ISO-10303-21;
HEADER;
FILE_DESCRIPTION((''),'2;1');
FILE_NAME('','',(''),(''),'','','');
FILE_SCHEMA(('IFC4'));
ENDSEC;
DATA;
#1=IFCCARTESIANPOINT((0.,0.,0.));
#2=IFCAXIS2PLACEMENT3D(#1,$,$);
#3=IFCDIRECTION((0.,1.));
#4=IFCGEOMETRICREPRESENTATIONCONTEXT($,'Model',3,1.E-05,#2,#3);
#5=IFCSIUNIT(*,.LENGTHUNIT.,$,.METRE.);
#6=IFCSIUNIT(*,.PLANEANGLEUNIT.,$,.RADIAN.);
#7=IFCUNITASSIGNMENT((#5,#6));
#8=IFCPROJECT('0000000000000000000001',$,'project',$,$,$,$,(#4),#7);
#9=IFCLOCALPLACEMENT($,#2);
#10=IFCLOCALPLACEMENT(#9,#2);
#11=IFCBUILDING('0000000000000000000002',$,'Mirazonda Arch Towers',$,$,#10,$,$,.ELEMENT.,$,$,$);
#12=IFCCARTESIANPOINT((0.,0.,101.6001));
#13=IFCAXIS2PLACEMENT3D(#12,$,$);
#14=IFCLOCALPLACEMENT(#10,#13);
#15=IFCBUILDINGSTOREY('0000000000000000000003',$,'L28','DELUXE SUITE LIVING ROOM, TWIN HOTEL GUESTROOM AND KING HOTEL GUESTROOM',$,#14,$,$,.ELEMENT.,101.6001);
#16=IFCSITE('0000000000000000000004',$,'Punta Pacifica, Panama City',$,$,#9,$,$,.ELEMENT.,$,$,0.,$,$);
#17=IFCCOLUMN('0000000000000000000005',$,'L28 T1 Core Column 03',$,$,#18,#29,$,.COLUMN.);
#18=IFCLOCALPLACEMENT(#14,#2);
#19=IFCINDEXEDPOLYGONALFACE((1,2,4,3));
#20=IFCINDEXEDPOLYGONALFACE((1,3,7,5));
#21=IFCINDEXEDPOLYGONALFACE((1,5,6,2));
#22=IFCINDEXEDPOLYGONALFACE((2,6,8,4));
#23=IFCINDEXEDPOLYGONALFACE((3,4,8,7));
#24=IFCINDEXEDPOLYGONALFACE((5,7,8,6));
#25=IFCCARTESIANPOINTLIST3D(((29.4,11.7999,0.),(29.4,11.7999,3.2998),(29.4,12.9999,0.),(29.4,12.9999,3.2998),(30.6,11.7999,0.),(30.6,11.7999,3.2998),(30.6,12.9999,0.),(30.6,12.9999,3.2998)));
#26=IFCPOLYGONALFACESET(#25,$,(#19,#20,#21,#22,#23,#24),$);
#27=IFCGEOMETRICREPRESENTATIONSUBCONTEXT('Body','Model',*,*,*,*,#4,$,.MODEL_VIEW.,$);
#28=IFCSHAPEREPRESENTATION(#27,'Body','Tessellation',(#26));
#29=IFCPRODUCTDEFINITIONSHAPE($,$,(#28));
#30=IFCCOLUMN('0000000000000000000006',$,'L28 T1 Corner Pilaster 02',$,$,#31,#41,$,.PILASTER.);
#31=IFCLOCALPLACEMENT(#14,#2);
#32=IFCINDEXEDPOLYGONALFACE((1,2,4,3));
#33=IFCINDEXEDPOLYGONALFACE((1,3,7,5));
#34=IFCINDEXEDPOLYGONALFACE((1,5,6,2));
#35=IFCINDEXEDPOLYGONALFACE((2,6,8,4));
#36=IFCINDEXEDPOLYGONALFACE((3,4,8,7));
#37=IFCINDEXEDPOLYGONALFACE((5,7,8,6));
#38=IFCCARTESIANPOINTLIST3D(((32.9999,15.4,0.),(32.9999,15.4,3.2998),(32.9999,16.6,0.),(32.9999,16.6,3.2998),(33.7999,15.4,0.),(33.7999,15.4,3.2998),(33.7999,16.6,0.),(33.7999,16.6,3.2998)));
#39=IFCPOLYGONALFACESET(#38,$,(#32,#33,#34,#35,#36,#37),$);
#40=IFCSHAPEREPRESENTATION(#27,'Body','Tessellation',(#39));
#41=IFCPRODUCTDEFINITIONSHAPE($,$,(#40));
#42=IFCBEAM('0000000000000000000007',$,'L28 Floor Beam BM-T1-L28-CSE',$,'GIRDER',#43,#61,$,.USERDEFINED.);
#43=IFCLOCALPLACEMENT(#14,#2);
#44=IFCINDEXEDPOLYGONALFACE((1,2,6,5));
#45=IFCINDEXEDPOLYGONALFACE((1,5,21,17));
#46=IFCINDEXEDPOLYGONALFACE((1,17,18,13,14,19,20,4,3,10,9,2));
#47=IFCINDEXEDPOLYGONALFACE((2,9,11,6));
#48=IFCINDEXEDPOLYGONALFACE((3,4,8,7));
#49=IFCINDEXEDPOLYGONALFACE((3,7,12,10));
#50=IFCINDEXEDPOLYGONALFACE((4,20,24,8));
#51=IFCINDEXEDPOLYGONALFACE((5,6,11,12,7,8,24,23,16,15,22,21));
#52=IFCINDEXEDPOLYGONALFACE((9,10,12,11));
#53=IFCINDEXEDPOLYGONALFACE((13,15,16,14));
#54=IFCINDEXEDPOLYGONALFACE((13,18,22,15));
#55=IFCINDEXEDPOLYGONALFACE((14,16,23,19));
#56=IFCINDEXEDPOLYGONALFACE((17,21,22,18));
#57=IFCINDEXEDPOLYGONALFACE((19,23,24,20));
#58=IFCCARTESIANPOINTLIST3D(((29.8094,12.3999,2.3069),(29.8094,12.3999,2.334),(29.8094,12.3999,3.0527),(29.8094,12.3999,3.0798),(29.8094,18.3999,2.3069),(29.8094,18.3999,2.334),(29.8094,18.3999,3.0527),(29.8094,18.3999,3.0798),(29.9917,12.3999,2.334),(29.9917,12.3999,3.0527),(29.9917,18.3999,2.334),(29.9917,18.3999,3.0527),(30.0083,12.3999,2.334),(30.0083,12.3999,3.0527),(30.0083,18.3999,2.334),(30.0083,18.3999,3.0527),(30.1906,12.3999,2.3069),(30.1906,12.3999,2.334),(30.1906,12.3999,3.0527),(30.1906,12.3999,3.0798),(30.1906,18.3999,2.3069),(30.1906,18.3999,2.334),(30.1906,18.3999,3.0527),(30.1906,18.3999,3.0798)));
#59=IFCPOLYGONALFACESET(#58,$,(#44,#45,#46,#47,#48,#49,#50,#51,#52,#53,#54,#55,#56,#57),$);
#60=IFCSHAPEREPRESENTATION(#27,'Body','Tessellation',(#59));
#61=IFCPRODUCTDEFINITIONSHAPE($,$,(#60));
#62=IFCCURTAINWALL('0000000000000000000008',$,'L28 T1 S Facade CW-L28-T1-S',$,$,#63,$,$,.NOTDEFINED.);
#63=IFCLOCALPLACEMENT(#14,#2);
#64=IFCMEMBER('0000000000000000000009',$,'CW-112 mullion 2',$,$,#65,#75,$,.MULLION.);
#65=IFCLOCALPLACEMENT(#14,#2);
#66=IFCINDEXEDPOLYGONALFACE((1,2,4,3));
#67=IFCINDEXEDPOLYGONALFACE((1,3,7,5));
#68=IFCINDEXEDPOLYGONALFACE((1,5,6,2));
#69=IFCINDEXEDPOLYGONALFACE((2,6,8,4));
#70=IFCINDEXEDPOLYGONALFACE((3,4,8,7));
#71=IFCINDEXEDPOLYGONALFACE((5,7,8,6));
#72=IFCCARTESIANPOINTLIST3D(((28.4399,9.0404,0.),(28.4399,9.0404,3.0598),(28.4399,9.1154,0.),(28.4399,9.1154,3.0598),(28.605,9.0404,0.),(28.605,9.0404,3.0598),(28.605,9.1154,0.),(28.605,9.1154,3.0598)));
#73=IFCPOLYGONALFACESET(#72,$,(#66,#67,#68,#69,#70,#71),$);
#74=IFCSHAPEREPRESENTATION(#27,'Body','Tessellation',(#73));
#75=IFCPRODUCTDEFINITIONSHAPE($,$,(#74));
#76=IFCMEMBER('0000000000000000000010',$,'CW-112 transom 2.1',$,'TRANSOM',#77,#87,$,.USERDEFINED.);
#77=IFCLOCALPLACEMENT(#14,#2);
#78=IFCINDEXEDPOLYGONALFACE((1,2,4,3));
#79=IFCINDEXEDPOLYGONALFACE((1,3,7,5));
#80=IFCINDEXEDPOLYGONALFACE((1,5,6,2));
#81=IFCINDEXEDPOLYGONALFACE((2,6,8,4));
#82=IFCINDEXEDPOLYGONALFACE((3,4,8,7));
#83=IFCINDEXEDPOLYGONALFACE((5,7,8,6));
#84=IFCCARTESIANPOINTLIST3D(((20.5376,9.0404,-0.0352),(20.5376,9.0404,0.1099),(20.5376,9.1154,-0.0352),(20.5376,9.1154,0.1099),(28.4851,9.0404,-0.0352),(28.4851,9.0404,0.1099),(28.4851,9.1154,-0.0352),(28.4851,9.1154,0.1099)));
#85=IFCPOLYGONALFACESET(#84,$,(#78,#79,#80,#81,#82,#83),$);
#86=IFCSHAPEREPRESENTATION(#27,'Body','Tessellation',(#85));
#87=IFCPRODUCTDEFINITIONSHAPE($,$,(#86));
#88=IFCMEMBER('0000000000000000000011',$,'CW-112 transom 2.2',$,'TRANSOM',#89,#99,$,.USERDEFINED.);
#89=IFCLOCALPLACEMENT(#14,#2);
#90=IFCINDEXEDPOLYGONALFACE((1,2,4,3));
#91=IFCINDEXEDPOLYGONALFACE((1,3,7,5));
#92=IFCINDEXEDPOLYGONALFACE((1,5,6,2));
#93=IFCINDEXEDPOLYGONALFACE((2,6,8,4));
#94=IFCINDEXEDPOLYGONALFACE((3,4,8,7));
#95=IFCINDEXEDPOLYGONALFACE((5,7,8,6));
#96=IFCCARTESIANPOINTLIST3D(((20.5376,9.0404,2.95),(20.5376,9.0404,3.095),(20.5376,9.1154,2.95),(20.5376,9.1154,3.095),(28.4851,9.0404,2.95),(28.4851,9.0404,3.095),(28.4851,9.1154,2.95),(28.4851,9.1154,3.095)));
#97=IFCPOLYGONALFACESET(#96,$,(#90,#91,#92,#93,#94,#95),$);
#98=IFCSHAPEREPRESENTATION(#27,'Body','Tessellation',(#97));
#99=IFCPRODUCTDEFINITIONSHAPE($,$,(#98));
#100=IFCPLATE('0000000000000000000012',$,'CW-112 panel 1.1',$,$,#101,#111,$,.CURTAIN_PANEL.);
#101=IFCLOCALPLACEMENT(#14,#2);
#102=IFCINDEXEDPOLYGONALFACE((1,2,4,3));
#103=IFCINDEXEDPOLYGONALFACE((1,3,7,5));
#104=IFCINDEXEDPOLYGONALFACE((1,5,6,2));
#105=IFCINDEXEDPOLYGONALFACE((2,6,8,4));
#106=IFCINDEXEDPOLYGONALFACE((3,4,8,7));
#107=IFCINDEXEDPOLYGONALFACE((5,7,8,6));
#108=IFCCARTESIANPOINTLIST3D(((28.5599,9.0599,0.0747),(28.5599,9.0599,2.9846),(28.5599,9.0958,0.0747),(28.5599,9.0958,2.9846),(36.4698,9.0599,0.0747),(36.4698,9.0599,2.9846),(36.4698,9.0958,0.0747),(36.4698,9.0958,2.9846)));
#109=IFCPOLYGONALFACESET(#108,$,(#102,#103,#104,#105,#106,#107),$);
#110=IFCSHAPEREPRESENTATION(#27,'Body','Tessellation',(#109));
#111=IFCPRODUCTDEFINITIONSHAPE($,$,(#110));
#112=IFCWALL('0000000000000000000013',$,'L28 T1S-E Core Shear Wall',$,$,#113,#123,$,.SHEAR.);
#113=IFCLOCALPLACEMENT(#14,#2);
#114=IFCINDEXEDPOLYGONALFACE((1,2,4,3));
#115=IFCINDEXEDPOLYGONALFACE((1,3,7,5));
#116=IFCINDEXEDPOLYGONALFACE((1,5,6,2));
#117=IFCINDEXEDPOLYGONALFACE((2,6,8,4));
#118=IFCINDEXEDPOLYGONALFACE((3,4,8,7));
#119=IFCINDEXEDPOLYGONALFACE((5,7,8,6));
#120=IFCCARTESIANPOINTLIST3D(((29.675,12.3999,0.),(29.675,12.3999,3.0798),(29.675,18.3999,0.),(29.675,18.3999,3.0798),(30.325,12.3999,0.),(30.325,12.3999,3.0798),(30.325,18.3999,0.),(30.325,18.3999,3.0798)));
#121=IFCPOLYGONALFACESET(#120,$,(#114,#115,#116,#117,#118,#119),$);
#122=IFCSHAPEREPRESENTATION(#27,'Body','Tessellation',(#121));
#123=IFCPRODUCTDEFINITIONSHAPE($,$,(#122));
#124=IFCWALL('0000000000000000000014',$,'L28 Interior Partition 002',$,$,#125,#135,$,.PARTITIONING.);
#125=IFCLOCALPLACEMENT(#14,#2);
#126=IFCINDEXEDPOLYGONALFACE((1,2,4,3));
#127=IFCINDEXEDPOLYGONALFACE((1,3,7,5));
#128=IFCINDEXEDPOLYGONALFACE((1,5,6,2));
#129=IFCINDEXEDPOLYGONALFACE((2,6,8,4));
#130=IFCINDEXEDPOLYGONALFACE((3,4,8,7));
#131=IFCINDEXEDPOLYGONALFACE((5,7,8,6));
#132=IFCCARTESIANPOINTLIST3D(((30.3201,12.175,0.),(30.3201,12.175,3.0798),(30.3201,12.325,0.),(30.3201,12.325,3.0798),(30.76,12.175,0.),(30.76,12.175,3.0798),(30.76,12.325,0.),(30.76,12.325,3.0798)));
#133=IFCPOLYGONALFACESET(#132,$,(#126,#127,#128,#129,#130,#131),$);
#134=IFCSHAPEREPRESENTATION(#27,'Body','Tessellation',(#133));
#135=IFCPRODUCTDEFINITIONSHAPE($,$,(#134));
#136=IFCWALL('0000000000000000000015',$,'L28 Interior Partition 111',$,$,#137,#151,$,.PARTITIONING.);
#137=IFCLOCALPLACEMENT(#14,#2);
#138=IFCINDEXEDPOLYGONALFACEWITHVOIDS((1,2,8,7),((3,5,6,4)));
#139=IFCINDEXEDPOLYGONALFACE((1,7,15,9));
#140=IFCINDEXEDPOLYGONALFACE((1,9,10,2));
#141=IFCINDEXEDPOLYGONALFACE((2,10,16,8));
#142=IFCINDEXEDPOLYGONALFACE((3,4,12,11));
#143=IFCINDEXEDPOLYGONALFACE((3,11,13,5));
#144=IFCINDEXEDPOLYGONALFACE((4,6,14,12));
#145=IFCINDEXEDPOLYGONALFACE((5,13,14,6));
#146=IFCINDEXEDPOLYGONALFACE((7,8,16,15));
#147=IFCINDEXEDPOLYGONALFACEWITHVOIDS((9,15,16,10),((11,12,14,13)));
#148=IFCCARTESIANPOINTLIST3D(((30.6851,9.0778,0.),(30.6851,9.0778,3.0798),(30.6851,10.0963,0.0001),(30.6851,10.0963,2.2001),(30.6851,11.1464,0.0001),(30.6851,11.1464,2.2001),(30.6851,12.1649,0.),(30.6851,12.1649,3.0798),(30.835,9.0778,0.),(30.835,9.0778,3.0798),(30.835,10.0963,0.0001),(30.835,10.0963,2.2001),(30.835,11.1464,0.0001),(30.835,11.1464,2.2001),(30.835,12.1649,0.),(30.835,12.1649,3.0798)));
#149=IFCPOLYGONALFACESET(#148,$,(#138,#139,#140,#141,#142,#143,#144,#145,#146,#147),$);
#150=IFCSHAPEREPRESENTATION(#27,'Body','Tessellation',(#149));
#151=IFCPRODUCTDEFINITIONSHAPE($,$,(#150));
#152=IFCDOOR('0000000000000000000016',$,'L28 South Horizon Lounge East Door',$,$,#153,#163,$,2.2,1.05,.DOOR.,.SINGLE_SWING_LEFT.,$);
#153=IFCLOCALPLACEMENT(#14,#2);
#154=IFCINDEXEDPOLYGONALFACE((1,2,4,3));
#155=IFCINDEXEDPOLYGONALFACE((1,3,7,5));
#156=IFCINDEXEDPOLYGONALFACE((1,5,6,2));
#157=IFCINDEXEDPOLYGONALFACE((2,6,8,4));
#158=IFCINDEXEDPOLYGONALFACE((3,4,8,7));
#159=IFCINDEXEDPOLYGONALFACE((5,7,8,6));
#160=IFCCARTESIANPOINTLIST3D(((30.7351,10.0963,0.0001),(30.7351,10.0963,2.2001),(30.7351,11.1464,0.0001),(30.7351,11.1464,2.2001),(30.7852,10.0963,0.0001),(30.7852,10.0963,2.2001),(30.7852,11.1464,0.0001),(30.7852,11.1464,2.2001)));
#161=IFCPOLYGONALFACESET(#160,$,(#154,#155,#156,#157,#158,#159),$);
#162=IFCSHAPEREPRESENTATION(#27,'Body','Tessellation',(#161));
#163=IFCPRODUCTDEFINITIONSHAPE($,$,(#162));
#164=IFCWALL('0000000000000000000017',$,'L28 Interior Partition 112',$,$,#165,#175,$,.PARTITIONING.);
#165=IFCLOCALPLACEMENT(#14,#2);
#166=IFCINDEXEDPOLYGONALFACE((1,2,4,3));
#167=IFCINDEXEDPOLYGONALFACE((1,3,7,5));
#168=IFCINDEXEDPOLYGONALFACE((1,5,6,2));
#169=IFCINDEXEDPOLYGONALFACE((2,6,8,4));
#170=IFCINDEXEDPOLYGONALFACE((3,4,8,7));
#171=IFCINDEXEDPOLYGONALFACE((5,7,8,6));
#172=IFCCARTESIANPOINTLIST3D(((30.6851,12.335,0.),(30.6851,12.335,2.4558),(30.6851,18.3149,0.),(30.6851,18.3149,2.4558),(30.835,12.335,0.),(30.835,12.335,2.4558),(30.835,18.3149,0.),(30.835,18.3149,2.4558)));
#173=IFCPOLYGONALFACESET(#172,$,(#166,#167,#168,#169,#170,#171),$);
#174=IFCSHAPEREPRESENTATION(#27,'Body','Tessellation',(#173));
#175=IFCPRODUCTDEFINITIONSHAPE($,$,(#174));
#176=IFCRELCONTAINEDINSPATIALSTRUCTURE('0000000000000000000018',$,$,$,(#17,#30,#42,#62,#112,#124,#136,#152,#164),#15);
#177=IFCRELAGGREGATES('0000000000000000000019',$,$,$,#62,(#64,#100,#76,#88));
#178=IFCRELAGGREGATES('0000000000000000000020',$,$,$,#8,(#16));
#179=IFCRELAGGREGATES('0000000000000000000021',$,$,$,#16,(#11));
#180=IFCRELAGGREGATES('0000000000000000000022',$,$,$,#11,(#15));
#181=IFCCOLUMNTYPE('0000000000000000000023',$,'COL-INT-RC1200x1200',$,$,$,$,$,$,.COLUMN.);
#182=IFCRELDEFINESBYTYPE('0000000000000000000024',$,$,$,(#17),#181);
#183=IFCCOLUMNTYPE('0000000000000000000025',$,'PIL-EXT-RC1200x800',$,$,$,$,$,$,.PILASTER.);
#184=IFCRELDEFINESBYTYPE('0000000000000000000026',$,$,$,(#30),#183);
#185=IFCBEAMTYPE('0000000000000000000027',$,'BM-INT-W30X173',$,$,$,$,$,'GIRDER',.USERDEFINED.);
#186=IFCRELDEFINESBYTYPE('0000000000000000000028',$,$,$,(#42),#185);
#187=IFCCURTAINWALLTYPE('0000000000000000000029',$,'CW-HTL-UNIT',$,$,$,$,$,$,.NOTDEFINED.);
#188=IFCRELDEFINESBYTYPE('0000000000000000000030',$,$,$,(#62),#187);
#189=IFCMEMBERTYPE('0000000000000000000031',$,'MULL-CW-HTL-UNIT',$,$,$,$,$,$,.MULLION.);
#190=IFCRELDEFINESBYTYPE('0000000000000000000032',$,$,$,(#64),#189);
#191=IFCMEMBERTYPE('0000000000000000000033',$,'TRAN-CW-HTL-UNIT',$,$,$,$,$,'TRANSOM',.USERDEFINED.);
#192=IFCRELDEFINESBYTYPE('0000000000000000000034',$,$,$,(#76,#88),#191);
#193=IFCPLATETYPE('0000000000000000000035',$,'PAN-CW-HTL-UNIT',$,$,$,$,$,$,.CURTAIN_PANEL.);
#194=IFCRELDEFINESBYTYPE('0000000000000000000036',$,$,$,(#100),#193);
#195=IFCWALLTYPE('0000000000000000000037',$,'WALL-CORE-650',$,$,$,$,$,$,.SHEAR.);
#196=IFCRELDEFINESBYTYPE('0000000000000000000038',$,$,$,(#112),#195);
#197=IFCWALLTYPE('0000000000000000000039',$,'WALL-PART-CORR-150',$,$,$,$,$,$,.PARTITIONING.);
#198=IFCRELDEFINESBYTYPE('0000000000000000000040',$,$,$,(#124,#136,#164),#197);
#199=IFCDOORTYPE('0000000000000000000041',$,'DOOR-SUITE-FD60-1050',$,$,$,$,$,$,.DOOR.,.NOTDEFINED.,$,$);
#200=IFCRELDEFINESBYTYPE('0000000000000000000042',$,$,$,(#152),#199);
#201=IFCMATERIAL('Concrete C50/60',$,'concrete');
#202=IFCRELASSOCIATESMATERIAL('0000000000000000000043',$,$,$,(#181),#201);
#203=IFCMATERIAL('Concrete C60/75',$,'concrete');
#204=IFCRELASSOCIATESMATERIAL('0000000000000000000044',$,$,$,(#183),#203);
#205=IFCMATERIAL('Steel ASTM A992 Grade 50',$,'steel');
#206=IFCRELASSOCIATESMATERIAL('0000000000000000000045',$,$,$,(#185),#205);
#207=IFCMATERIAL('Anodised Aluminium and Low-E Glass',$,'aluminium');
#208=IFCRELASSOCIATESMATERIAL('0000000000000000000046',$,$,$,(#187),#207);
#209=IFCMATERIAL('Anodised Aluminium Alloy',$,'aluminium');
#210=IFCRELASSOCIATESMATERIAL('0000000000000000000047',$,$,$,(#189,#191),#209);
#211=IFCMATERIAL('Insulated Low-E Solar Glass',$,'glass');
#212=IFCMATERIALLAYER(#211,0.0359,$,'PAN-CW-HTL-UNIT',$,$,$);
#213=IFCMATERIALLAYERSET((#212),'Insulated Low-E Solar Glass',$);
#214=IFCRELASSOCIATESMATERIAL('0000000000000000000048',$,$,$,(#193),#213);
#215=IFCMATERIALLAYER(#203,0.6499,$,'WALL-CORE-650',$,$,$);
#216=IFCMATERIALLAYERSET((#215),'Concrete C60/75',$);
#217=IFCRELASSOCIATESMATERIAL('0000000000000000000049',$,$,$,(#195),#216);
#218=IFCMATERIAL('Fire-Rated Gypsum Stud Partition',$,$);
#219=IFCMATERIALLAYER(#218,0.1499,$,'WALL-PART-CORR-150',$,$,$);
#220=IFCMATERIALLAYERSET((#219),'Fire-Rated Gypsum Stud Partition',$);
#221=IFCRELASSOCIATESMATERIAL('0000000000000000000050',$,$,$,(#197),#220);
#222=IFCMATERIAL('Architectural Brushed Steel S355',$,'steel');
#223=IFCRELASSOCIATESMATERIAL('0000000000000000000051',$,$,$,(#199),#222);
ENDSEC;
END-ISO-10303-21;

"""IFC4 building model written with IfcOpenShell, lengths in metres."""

from ifc_helpers import new_model, si_unit, direction, frame, frame_2d, origin, origin_2d, place, context, subcontext, project, spatial, rectangle, i_section, extrude, material, layer, layer_set, material_profile, profile_set, type_object, element, fill, aggregate, save


model = new_model("IFC4")

# Units and contexts
model_context = context("Model", 3, precision=1e-05, world=origin(), true_north=direction((0.0, 1.0)))
body_context = subcontext(model_context, "Body", "Model", "MODEL_VIEW")
ifc_project = project(units=[si_unit("LENGTHUNIT", "METRE"), si_unit("PLANEANGLEUNIT", "RADIAN")], contexts=[model_context])

# Site, building, storey
site_placement = place(None, origin())
site = spatial("IfcSite", under=ifc_project, at=site_placement, Name="Punta Pacifica, Panama City", CompositionType="ELEMENT", RefElevation=0.0)
building_placement = place(site_placement, origin())
building = spatial("IfcBuilding", under=site, at=building_placement, Name="Mirazonda Arch Towers", CompositionType="ELEMENT")
storey_placement = place(building_placement, frame((0.0, 0.0, 101.6001)))
storey = spatial("IfcBuildingStorey", under=building, at=storey_placement, Name="L28", Description="DELUXE SUITE LIVING ROOM, TWIN HOTEL GUESTROOM AND KING HOTEL GUESTROOM", CompositionType="ELEMENT", Elevation=101.6001)

# Columns
ifc_material_1 = material(Name="Concrete C50/60", Category="concrete")
ifc_material_profile_1 = material_profile(ifc_material_1, rectangle(XDim=1.2, YDim=1.2, at=origin_2d()), Name="RC1200x1200")
ifc_profile_set_1 = profile_set([ifc_material_profile_1], Name="Concrete C50/60")
column_type_1 = type_object("IfcColumnType", Name="COL-INT-RC1200x1200", PredefinedType="COLUMN", material=ifc_profile_set_1)
column_1_placement = place(storey_placement, frame((30.0, 12.3999, 0.0), z_axis=(0.0, 0.0, 1.0), x_axis=(1.0, 0.0, 0.0)))
element("IfcColumn", 1, at=column_1_placement, inside=storey, type_object=column_type_1, Name="L28 T1 Core Column 03", PredefinedType="COLUMN", context=body_context, shape_type="SweptSolid", body=[
    extrude(rectangle(XDim=1.2, YDim=1.2, at=origin_2d()), origin(), (0.0, 0.0, 1.0), 3.2998),
])
ifc_material_2 = material(Name="Concrete C60/75", Category="concrete")
ifc_material_profile_2 = material_profile(ifc_material_2, rectangle(XDim=0.8, YDim=1.2, at=origin_2d()), Name="RC1200x800")
ifc_profile_set_2 = profile_set([ifc_material_profile_2], Name="Concrete C60/75")
column_type_2 = type_object("IfcColumnType", Name="PIL-EXT-RC1200x800", PredefinedType="PILASTER", material=ifc_profile_set_2)
column_2_placement = place(storey_placement, frame((33.3999, 16.0, 0.0), z_axis=(0.0, 0.0, 1.0), x_axis=(1.0, 0.0, 0.0)))
element("IfcColumn", 2, at=column_2_placement, inside=storey, type_object=column_type_2, Name="L28 T1 Corner Pilaster 02", PredefinedType="PILASTER", context=body_context, shape_type="SweptSolid", body=[
    extrude(rectangle(XDim=0.8, YDim=1.2, at=origin_2d()), origin(), (0.0, 0.0, 1.0), 3.2998),
])

# Beam
ifc_material_3 = material(Name="Steel ASTM A992 Grade 50", Category="steel")
ifc_material_profile_3 = material_profile(ifc_material_3, i_section(OverallWidth=0.3811, OverallDepth=0.7729, WebThickness=0.0166, FlangeThickness=0.0271, at=origin_2d()), Name="W30X173")
ifc_profile_set_3 = profile_set([ifc_material_profile_3], Name="Steel ASTM A992 Grade 50")
beam_type = type_object("IfcBeamType", Name="BM-INT-W30X173", ElementType="GIRDER", PredefinedType="USERDEFINED", material=ifc_profile_set_3)
beam_placement = place(storey_placement, frame((30.0, 12.3999, 2.6934), z_axis=(0.0, 1.0, 0.0), x_axis=(-1.0, 0.0, 0.0)))
element("IfcBeam", 3, at=beam_placement, inside=storey, type_object=beam_type, Name="L28 Floor Beam BM-T1-L28-CSE", ObjectType="GIRDER", PredefinedType="USERDEFINED", context=body_context, shape_type="SweptSolid", body=[
    extrude(i_section(OverallWidth=0.3811, OverallDepth=0.7729, WebThickness=0.0166, FlangeThickness=0.0271, at=origin_2d()), origin(), (0.0, 0.0, 1.0), 6.0),
])

# Curtain wall, members, plate
ifc_material_4 = material(Name="Anodised Aluminium and Low-E Glass", Category="aluminium")
curtain_wall_type = type_object("IfcCurtainWallType", Name="CW-HTL-UNIT", PredefinedType="NOTDEFINED", material=ifc_material_4)
curtain_wall_placement = place(storey_placement, origin())
curtain_wall = element("IfcCurtainWall", 4, at=curtain_wall_placement, inside=storey, type_object=curtain_wall_type, Name="L28 T1 S Facade CW-L28-T1-S", PredefinedType="NOTDEFINED")
ifc_material_5 = material(Name="Anodised Aluminium Alloy", Category="aluminium")
ifc_material_profile_4 = material_profile(ifc_material_5, rectangle(XDim=0.075, YDim=0.165, at=origin_2d()), Name="ALU-MULL-75x165")
ifc_profile_set_4 = profile_set([ifc_material_profile_4], Name="Anodised Aluminium Alloy")
member_type_1 = type_object("IfcMemberType", Name="MULL-CW-HTL-UNIT", PredefinedType="MULLION", material=ifc_profile_set_4)
member_1_placement = place(storey_placement, frame((28.5225, 9.0779, 0.0), z_axis=(0.0, 0.0, 1.0), x_axis=(0.0, -1.0, 0.0)))
member_1 = element("IfcMember", 5, at=member_1_placement, type_object=member_type_1, Name="CW-112 mullion 2", PredefinedType="MULLION", context=body_context, shape_type="SweptSolid", body=[
    extrude(rectangle(XDim=0.075, YDim=0.165, at=origin_2d()), origin(), (0.0, 0.0, 1.0), 3.0598),
])
ifc_material_profile_5 = material_profile(ifc_material_5, rectangle(XDim=0.075, YDim=0.145, at=origin_2d()), Name="ALU-TRAN-75x145")
ifc_profile_set_5 = profile_set([ifc_material_profile_5], Name="Anodised Aluminium Alloy")
member_type_2 = type_object("IfcMemberType", Name="TRAN-CW-HTL-UNIT", ElementType="TRANSOM", PredefinedType="USERDEFINED", material=ifc_profile_set_5)
member_2_placement = place(storey_placement, frame((28.4851, 9.0779, 0.0374), z_axis=(-1.0, 0.0, 0.0), x_axis=(0.0, -1.0, 0.0)))
member_2 = element("IfcMember", 6, at=member_2_placement, type_object=member_type_2, Name="CW-112 transom 2.1", ObjectType="TRANSOM", PredefinedType="USERDEFINED", context=body_context, shape_type="SweptSolid", body=[
    extrude(rectangle(XDim=0.075, YDim=0.145, at=origin_2d()), origin(), (0.0, 0.0, 1.0), 7.9475),
])
member_3_placement = place(storey_placement, frame((28.4851, 9.0779, 3.0225), z_axis=(-1.0, 0.0, 0.0), x_axis=(0.0, -1.0, 0.0)))
member_3 = element("IfcMember", 7, at=member_3_placement, type_object=member_type_2, Name="CW-112 transom 2.2", ObjectType="TRANSOM", PredefinedType="USERDEFINED", context=body_context, shape_type="SweptSolid", body=[
    extrude(rectangle(XDim=0.075, YDim=0.145, at=origin_2d()), origin(), (0.0, 0.0, 1.0), 7.9475),
])
ifc_material_6 = material(Name="Insulated Low-E Solar Glass", Category="glass")
ifc_layer_1 = layer(ifc_material_6, 0.0359, Name="PAN-CW-HTL-UNIT")
ifc_layer_set_1 = layer_set([ifc_layer_1], Name="Insulated Low-E Solar Glass")
plate_type = type_object("IfcPlateType", Name="PAN-CW-HTL-UNIT", PredefinedType="CURTAIN_PANEL", material=ifc_layer_set_1)
plate_placement = place(storey_placement, frame((32.5149, 9.0779, 0.0747), z_axis=(0.0, 0.0, 1.0), x_axis=(-1.0, 0.0, 0.0)))
plate = element("IfcPlate", 8, at=plate_placement, type_object=plate_type, Name="CW-112 panel 1.1", PredefinedType="CURTAIN_PANEL", context=body_context, shape_type="SweptSolid", body=[
    extrude(rectangle(XDim=7.9099, YDim=0.0359, at=origin_2d()), origin(), (0.0, 0.0, 1.0), 2.9099),
])
aggregate(curtain_wall, [member_1, plate, member_2, member_3])

# Walls
ifc_layer_2 = layer(ifc_material_2, 0.6499, Name="WALL-CORE-650")
ifc_layer_set_2 = layer_set([ifc_layer_2], Name="Concrete C60/75")
wall_type_1 = type_object("IfcWallType", Name="WALL-CORE-650", PredefinedType="SHEAR", material=ifc_layer_set_2)
wall_1_placement = place(storey_placement, frame((30.0, 12.3999, 0.0), z_axis=(0.0, 0.0, 1.0), x_axis=(0.0, 1.0, 0.0)))
element("IfcWall", 9, at=wall_1_placement, inside=storey, type_object=wall_type_1, Name="L28 T1S-E Core Shear Wall", PredefinedType="SHEAR", context=body_context, shape_type="SweptSolid", body=[
    extrude(rectangle(XDim=6.0, YDim=0.6499, at=frame_2d((3.0, 0.0))), origin(), (0.0, 0.0, 1.0), 3.0798),
])
ifc_material_7 = material(Name="Fire-Rated Gypsum Stud Partition")
ifc_layer_3 = layer(ifc_material_7, 0.1499, Name="WALL-PART-CORR-150")
ifc_layer_set_3 = layer_set([ifc_layer_3], Name="Fire-Rated Gypsum Stud Partition")
wall_type_2 = type_object("IfcWallType", Name="WALL-PART-CORR-150", PredefinedType="PARTITIONING", material=ifc_layer_set_3)
wall_2_placement = place(storey_placement, frame((30.3201, 12.25, 0.0), z_axis=(0.0, 0.0, 1.0), x_axis=(1.0, 0.0, 0.0)))
element("IfcWall", 10, at=wall_2_placement, inside=storey, type_object=wall_type_2, Name="L28 Interior Partition 002", PredefinedType="PARTITIONING", context=body_context, shape_type="SweptSolid", body=[
    extrude(rectangle(XDim=0.4399, YDim=0.1499, at=frame_2d((0.22, 0.0))), origin(), (0.0, 0.0, 1.0), 3.0798),
])

# Wall, opening, door
wall_3_placement = place(storey_placement, frame((30.76, 9.0779, 0.0), z_axis=(0.0, 0.0, 1.0), x_axis=(0.0, 1.0, 0.0)))
wall_3 = element("IfcWall", 11, at=wall_3_placement, inside=storey, type_object=wall_type_2, Name="L28 Interior Partition 111", PredefinedType="PARTITIONING", context=body_context, shape_type="SweptSolid", body=[
    extrude(rectangle(XDim=3.0872, YDim=0.1499, at=frame_2d((1.5435, 0.0))), origin(), (0.0, 0.0, 1.0), 3.0798),
])
opening_1_placement = place(wall_3_placement, frame((1.0186, 0.0, 0.0)))
opening_1 = element("IfcOpeningElement", 12, at=opening_1_placement, cuts=wall_3, PredefinedType="OPENING", context=body_context, shape_type="SweptSolid", body=[
    extrude(rectangle(XDim=1.05, YDim=2.2, at=frame_2d((0.5249, 1.1001))), frame((0.0, 0.085, 0.0), z_axis=(0.0, -1.0, 0.0), x_axis=(1.0, 0.0, 0.0)), (0.0, 0.0, 1.0), 0.1699),
])
ifc_material_8 = material(Name="Architectural Brushed Steel S355", Category="steel")
door_type_1 = type_object("IfcDoorType", Name="DOOR-SUITE-FD60-1050", OperationType="NOTDEFINED", PredefinedType="DOOR", material=ifc_material_8)
door_1_placement = place(opening_1_placement, origin())
door_1 = element("IfcDoor", 13, at=door_1_placement, inside=storey, type_object=door_type_1, Name="L28 South Horizon Lounge East Door", OperationType="SINGLE_SWING_LEFT", OverallHeight=2.2, OverallWidth=1.05, PredefinedType="DOOR", context=body_context, shape_type="SweptSolid", body=[
    extrude(rectangle(XDim=1.05, YDim=2.2, at=frame_2d((0.5249, 1.1001))), frame((0.0, 0.0249, 0.0), z_axis=(0.0, -1.0, 0.0), x_axis=(1.0, 0.0, 0.0)), (0.0, 0.0, 1.0), 0.05),
])
fill(opening_1, door_1)

# Wall
wall_4_placement = place(storey_placement, frame((30.76, 12.335, 0.0), z_axis=(0.0, 0.0, 1.0), x_axis=(0.0, 1.0, 0.0)))
element("IfcWall", 14, at=wall_4_placement, inside=storey, type_object=wall_type_2, Name="L28 Interior Partition 112", PredefinedType="PARTITIONING", context=body_context, shape_type="SweptSolid", body=[
    extrude(rectangle(XDim=5.98, YDim=0.1499, at=frame_2d((2.99, 0.0))), origin(), (0.0, 0.0, 1.0), 2.4558),
])

save(model, "model.ifc")
